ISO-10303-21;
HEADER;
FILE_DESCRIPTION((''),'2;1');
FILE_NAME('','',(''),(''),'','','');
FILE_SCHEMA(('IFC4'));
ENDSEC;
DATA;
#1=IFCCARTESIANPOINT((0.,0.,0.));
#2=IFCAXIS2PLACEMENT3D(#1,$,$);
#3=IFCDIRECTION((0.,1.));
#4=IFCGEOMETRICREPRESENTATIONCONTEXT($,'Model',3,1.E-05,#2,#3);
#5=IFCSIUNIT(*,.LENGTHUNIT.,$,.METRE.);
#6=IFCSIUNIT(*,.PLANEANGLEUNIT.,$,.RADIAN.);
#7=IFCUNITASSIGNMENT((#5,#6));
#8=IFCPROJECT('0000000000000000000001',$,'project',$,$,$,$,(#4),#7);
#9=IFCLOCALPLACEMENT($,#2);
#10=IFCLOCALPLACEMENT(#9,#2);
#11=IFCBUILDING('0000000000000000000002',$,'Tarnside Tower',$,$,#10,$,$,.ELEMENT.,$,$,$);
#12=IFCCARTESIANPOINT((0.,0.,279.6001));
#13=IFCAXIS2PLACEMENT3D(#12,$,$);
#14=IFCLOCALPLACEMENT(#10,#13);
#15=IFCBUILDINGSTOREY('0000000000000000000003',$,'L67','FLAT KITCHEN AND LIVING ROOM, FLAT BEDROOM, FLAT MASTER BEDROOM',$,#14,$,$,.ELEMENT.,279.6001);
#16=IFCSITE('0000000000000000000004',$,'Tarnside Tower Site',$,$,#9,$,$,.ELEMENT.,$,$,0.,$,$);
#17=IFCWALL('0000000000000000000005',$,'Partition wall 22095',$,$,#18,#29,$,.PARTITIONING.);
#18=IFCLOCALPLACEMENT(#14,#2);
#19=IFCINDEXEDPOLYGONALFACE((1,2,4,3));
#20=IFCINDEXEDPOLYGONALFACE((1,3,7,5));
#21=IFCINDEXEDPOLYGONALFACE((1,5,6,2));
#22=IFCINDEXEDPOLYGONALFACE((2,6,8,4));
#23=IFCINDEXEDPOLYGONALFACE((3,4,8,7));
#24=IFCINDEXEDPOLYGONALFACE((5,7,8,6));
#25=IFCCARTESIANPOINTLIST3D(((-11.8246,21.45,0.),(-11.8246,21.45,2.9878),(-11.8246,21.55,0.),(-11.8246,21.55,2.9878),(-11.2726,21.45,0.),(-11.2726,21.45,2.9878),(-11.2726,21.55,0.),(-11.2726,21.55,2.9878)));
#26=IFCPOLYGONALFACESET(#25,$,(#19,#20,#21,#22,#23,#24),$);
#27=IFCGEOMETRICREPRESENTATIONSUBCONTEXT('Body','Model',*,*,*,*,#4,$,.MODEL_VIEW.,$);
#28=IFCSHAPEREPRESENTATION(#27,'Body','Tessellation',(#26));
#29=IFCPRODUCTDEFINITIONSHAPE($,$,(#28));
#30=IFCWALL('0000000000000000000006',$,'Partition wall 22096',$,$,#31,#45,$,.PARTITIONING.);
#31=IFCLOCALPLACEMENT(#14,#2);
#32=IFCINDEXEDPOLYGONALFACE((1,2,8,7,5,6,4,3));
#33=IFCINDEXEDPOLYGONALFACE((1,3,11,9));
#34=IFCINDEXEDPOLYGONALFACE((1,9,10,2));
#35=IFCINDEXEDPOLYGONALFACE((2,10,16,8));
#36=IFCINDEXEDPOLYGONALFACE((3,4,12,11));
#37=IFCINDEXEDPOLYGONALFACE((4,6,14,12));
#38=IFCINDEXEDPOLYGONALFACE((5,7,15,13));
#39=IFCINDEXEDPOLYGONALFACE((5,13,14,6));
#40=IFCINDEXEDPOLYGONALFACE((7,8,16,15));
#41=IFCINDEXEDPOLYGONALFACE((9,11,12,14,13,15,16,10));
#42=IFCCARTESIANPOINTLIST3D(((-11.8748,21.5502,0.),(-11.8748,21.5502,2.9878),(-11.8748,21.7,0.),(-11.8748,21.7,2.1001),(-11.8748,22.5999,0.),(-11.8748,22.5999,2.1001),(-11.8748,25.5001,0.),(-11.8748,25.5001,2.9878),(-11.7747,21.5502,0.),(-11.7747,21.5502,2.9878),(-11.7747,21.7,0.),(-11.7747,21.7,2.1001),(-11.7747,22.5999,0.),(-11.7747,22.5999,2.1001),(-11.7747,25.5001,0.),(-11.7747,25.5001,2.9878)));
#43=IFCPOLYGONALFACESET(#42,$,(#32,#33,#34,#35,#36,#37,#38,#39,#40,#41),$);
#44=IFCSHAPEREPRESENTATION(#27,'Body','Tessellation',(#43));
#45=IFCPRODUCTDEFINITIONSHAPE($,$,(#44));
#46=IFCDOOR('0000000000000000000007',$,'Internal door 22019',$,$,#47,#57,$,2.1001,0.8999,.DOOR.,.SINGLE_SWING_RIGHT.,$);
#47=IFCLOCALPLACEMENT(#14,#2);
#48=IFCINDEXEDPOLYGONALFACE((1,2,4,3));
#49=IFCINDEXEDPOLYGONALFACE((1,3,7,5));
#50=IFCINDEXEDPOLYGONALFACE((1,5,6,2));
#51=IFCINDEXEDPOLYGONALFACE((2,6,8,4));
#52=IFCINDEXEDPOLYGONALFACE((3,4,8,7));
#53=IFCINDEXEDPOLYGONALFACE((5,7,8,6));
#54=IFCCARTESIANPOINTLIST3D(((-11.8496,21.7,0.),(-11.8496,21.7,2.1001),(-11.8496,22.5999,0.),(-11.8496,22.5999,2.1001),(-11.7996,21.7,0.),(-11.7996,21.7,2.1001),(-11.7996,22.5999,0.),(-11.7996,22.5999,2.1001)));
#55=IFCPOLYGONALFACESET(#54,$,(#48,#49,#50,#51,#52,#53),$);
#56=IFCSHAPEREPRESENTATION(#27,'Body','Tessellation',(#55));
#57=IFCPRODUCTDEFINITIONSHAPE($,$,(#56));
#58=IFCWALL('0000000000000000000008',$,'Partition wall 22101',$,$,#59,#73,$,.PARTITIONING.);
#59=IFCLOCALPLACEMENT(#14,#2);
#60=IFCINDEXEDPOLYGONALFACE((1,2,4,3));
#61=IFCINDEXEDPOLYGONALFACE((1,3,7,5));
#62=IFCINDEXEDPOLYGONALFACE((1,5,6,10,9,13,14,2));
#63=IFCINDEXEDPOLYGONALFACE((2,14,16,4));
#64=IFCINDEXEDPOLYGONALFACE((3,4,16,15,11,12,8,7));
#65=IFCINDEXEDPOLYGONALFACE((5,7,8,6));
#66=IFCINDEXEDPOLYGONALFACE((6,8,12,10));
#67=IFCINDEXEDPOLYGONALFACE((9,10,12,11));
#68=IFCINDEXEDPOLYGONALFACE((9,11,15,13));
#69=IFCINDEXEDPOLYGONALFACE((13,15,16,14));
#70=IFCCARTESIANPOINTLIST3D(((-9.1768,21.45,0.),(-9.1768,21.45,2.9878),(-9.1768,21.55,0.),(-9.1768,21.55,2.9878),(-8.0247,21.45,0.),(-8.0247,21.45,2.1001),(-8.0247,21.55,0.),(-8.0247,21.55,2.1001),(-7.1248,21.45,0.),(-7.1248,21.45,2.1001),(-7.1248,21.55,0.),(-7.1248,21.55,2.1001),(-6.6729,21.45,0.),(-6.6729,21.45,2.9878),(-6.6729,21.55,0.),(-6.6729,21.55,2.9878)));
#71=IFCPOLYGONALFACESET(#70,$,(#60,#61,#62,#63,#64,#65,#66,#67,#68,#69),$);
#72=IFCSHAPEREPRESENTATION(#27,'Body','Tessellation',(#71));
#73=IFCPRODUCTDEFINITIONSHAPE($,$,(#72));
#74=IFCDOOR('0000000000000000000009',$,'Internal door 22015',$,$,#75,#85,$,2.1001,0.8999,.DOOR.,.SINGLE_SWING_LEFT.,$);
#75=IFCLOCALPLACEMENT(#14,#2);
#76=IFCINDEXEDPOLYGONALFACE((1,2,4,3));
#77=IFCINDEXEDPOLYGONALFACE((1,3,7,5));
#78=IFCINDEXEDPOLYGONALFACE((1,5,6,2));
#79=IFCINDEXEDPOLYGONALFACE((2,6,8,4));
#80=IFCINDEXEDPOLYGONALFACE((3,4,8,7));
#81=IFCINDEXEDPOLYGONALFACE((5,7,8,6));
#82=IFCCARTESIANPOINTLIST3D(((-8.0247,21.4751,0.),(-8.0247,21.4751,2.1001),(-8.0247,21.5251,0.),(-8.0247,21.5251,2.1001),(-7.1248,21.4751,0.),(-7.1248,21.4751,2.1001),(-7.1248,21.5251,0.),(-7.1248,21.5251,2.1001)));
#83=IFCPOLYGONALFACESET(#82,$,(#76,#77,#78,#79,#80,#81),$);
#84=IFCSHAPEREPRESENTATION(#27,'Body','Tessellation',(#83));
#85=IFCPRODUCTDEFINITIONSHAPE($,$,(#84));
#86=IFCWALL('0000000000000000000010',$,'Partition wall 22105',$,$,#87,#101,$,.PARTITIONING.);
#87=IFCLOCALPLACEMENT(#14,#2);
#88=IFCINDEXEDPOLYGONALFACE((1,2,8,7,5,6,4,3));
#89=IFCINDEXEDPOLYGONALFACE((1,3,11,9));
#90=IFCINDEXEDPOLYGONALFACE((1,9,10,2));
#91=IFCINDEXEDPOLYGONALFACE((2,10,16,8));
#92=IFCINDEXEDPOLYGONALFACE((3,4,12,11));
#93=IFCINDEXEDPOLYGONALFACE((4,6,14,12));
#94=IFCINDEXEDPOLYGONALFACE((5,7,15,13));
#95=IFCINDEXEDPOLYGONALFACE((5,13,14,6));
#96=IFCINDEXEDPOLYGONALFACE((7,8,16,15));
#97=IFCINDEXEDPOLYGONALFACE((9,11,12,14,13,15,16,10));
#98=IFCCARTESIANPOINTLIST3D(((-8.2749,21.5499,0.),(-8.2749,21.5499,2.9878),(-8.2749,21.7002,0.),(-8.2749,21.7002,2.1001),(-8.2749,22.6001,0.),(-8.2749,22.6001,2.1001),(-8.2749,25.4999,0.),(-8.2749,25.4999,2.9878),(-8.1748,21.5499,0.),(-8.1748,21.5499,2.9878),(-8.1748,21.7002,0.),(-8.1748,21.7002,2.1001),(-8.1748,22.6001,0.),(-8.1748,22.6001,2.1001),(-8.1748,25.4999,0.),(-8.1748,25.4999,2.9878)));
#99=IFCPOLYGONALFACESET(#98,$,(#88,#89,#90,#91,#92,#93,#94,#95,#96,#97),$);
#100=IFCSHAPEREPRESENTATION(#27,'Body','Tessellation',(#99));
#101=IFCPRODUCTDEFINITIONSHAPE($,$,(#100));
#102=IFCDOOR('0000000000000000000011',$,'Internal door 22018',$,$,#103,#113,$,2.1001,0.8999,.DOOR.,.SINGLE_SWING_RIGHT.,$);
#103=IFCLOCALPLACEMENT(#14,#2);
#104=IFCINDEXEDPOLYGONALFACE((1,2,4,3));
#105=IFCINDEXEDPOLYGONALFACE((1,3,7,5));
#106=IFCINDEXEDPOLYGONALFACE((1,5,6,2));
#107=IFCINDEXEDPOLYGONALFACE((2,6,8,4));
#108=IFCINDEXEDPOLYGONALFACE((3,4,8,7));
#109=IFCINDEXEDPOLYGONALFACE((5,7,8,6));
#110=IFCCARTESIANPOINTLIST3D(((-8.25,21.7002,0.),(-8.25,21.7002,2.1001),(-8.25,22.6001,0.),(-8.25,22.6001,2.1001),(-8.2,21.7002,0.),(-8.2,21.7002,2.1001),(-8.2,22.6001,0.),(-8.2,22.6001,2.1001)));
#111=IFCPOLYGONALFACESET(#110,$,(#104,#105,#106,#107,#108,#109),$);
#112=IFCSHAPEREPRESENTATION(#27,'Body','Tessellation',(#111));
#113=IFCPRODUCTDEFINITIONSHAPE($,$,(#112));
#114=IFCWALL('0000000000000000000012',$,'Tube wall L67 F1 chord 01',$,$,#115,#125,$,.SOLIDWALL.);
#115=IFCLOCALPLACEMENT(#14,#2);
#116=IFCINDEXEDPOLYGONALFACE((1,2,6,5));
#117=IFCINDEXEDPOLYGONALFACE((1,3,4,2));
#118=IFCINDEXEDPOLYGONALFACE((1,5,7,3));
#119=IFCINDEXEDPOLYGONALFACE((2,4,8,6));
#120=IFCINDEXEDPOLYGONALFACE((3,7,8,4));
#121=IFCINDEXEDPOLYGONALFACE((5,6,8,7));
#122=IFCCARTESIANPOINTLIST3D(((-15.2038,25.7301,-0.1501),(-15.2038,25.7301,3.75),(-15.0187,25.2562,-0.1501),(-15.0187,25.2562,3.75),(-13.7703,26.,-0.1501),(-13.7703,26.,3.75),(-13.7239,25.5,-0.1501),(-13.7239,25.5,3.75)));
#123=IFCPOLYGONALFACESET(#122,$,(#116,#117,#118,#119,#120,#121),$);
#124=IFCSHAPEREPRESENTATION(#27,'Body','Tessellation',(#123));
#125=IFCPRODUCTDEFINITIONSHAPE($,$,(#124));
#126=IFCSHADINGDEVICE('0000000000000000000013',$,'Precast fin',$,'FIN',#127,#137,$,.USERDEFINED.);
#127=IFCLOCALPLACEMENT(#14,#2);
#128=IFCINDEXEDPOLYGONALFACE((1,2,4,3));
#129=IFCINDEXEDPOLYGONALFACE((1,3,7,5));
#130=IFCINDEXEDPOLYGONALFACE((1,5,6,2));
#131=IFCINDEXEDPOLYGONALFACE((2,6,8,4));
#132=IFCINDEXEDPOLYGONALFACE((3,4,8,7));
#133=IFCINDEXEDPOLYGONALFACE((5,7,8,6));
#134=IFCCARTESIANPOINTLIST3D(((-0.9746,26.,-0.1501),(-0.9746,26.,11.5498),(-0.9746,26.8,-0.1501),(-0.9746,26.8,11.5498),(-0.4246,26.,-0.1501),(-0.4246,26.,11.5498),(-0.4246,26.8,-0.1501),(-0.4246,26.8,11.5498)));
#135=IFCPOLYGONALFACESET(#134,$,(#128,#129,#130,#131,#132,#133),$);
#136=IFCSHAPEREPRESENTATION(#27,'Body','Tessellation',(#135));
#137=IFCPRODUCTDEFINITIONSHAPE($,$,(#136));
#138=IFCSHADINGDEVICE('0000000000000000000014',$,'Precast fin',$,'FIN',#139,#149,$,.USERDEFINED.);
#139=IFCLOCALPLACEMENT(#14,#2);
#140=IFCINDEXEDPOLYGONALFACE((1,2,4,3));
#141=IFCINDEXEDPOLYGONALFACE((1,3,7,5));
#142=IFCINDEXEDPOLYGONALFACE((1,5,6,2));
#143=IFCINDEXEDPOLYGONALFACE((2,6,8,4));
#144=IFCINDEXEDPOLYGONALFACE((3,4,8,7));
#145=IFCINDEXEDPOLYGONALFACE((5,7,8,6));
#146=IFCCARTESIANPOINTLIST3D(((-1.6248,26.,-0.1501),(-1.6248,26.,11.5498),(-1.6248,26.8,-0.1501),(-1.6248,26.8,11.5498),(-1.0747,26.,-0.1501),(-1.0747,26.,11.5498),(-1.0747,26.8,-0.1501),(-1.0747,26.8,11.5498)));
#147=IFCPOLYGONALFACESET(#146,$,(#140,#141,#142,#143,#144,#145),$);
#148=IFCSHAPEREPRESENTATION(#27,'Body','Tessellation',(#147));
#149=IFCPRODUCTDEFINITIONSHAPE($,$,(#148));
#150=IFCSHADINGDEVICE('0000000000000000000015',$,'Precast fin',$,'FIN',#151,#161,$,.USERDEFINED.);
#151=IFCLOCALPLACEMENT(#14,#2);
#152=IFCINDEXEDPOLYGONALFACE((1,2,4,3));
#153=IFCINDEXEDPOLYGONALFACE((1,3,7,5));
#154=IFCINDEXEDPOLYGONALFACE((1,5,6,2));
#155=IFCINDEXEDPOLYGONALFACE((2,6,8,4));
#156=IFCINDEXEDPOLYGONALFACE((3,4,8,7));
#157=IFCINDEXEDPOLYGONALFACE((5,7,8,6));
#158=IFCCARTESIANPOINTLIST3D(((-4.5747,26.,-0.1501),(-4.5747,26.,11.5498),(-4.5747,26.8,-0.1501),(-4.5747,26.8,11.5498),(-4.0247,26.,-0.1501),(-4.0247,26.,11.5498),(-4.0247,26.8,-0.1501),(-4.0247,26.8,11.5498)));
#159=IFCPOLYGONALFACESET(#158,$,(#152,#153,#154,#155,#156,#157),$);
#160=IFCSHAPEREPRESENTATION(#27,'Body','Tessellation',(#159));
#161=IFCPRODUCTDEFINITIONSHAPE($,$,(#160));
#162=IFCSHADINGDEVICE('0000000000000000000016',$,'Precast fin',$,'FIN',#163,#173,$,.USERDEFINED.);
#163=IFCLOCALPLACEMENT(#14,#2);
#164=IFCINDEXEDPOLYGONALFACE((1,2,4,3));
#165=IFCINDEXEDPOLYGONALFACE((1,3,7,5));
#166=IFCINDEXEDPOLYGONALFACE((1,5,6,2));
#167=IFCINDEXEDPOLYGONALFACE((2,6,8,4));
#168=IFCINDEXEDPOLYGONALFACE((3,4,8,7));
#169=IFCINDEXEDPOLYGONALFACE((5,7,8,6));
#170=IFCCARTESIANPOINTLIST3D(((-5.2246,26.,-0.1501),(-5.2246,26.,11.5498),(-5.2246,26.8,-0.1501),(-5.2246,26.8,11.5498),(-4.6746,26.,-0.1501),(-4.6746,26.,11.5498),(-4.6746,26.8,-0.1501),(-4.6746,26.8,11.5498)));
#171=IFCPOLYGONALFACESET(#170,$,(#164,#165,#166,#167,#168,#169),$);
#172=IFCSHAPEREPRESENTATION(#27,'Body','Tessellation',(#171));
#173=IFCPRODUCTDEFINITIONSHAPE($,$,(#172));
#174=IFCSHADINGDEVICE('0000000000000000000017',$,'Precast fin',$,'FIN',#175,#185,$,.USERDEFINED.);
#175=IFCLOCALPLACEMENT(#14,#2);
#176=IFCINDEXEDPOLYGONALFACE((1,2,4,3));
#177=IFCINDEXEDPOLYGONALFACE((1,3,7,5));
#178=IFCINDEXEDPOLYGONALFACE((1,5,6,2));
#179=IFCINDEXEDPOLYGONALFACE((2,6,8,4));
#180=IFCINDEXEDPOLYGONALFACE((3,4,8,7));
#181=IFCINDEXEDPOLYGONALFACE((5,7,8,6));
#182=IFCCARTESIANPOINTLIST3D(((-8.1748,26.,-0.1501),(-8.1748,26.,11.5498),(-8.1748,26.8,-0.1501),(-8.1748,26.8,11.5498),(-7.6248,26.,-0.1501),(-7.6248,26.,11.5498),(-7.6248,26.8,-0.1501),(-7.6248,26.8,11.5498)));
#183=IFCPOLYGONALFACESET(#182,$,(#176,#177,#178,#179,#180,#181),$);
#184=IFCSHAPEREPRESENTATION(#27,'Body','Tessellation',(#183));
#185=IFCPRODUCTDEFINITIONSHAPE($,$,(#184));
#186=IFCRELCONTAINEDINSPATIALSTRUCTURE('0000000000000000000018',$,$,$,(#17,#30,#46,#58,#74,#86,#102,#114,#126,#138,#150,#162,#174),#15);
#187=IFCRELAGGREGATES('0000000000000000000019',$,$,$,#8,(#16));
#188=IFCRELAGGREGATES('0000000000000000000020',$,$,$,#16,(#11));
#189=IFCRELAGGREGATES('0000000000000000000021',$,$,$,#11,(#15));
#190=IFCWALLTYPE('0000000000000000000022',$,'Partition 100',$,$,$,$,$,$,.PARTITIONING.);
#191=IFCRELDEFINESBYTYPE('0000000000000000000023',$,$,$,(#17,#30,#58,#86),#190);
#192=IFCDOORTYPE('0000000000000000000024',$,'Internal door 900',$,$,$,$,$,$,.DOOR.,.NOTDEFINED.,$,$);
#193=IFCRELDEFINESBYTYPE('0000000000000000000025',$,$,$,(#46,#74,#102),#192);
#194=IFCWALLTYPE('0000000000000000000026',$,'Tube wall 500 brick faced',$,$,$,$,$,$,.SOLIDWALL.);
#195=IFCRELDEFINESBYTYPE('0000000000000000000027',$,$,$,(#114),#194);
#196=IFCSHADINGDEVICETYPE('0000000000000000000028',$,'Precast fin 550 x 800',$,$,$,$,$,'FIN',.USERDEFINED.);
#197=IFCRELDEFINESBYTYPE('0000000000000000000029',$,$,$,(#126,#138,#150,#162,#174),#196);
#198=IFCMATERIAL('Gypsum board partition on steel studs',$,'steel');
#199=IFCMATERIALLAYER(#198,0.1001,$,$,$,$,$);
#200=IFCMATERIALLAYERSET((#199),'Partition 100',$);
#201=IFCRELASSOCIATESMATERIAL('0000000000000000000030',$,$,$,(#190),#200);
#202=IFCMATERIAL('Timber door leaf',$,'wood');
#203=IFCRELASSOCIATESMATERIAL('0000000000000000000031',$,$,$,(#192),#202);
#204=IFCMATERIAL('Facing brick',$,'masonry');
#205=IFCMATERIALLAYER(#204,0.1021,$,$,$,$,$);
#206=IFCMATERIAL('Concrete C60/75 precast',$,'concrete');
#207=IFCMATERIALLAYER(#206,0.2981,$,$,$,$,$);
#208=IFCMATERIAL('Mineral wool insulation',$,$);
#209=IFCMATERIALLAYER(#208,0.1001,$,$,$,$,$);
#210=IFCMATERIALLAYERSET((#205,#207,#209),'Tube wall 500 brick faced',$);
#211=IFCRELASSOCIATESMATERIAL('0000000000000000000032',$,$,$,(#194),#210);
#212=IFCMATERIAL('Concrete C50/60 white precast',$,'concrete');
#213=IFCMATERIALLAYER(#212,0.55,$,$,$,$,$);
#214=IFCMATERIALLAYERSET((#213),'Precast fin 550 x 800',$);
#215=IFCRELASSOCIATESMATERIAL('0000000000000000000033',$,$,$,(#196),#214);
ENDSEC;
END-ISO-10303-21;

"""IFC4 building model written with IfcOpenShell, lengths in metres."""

from ifc_helpers import new_model, si_unit, direction, frame, frame_2d, origin, place, context, subcontext, project, spatial, polyline, rectangle, outline, extrude, material, layer, layer_set, type_object, element, fill, save


model = new_model("IFC4")

# Units and contexts
model_context = context("Model", 3, precision=1e-05, world=origin(), true_north=direction((0.0, 1.0)))
body_context = subcontext(model_context, "Body", "Model", "MODEL_VIEW")
ifc_project = project(units=[si_unit("LENGTHUNIT", "METRE"), si_unit("PLANEANGLEUNIT", "RADIAN")], contexts=[model_context])

# Site, building, storey
site_placement = place(None, origin())
site = spatial("IfcSite", under=ifc_project, at=site_placement, Name="Tarnside Tower Site", CompositionType="ELEMENT", RefElevation=0.0)
building_placement = place(site_placement, origin())
building = spatial("IfcBuilding", under=site, at=building_placement, Name="Tarnside Tower", CompositionType="ELEMENT")
storey_placement = place(building_placement, frame((0.0, 0.0, 279.6001)))
storey = spatial("IfcBuildingStorey", under=building, at=storey_placement, Name="L67", Description="FLAT KITCHEN AND LIVING ROOM, FLAT BEDROOM, FLAT MASTER BEDROOM", CompositionType="ELEMENT", Elevation=279.6001)

# Shared definitions
ifc_material_1 = material(Name="Gypsum board partition on steel studs", Category="steel")
ifc_material_2 = material(Name="Timber door leaf", Category="wood")

# Wall
ifc_layer_1 = layer(ifc_material_1, 0.1001)
ifc_layer_set_1 = layer_set([ifc_layer_1], Name="Partition 100")
wall_type_1 = type_object("IfcWallType", Name="Partition 100", PredefinedType="PARTITIONING", material=ifc_layer_set_1)
wall_1_placement = place(storey_placement, frame((-11.2727, 21.5, 0.0), z_axis=(0.0, 0.0, 1.0), x_axis=(-1.0, 0.0, 0.0)))
element("IfcWall", 1, at=wall_1_placement, inside=storey, type_object=wall_type_1, Name="Partition wall 22095", PredefinedType="PARTITIONING", context=body_context, shape_type="SweptSolid", body=[
    extrude(rectangle(XDim=0.552, YDim=0.1001, at=frame_2d((0.2759, 0.0))), origin(), (0.0, 0.0, 1.0), 2.9878),
])

# Walls, openings, doors
wall_2_placement = place(storey_placement, frame((-11.8247, 21.55, 0.0), z_axis=(0.0, 0.0, 1.0), x_axis=(0.0, 1.0, 0.0)))
wall_2 = element("IfcWall", 2, at=wall_2_placement, inside=storey, type_object=wall_type_1, Name="Partition wall 22096", PredefinedType="PARTITIONING", context=body_context, shape_type="SweptSolid", body=[
    extrude(rectangle(XDim=3.95, YDim=0.1001, at=frame_2d((1.9751, 0.0))), origin(), (0.0, 0.0, 1.0), 2.9878),
])
opening_1_placement = place(wall_2_placement, frame((0.1499, 0.0, 0.0)))
opening_1 = element("IfcOpeningElement", 3, at=opening_1_placement, cuts=wall_2, PredefinedType="OPENING", context=body_context, shape_type="SweptSolid", body=[
    extrude(rectangle(XDim=0.8999, YDim=2.1001, at=frame_2d((0.45, 1.05))), frame((0.0, 0.0601, 0.0), z_axis=(0.0, -1.0, 0.0), x_axis=(1.0, 0.0, 0.0)), (0.0, 0.0, 1.0), 0.1201),
])
door_type_1 = type_object("IfcDoorType", Name="Internal door 900", OperationType="NOTDEFINED", PredefinedType="DOOR", material=ifc_material_2)
door_1_placement = place(opening_1_placement, origin())
door_1 = element("IfcDoor", 4, at=door_1_placement, inside=storey, type_object=door_type_1, Name="Internal door 22019", OperationType="SINGLE_SWING_RIGHT", OverallHeight=2.1001, OverallWidth=0.8999, PredefinedType="DOOR", context=body_context, shape_type="SweptSolid", body=[
    extrude(rectangle(XDim=0.8999, YDim=2.1001, at=frame_2d((0.45, 1.05))), frame((0.0, 0.0249, 0.0), z_axis=(0.0, -1.0, 0.0), x_axis=(1.0, 0.0, 0.0)), (0.0, 0.0, 1.0), 0.05),
])
fill(opening_1, door_1)
wall_3_placement = place(storey_placement, frame((-6.6729, 21.5, 0.0), z_axis=(0.0, 0.0, 1.0), x_axis=(-1.0, 0.0, 0.0)))
wall_3 = element("IfcWall", 5, at=wall_3_placement, inside=storey, type_object=wall_type_1, Name="Partition wall 22101", PredefinedType="PARTITIONING", context=body_context, shape_type="SweptSolid", body=[
    extrude(rectangle(XDim=2.5039, YDim=0.1001, at=frame_2d((1.252, 0.0))), origin(), (0.0, 0.0, 1.0), 2.9878),
])
opening_2_placement = place(wall_3_placement, frame((0.4519, 0.0, 0.0)))
opening_2 = element("IfcOpeningElement", 6, at=opening_2_placement, cuts=wall_3, PredefinedType="OPENING", context=body_context, shape_type="SweptSolid", body=[
    extrude(rectangle(XDim=0.8999, YDim=2.1001, at=frame_2d((0.45, 1.05))), frame((0.0, 0.0601, 0.0), z_axis=(0.0, -1.0, 0.0), x_axis=(1.0, 0.0, 0.0)), (0.0, 0.0, 1.0), 0.1201),
])
door_2_placement = place(opening_2_placement, origin())
door_2 = element("IfcDoor", 7, at=door_2_placement, inside=storey, type_object=door_type_1, Name="Internal door 22015", OperationType="SINGLE_SWING_LEFT", OverallHeight=2.1001, OverallWidth=0.8999, PredefinedType="DOOR", context=body_context, shape_type="SweptSolid", body=[
    extrude(rectangle(XDim=0.8999, YDim=2.1001, at=frame_2d((0.45, 1.05))), frame((0.0, 0.0249, 0.0), z_axis=(0.0, -1.0, 0.0), x_axis=(1.0, 0.0, 0.0)), (0.0, 0.0, 1.0), 0.05),
])
fill(opening_2, door_2)
wall_4_placement = place(storey_placement, frame((-8.2249, 25.5, 0.0), z_axis=(0.0, 0.0, 1.0), x_axis=(0.0, -1.0, 0.0)))
wall_4 = element("IfcWall", 8, at=wall_4_placement, inside=storey, type_object=wall_type_1, Name="Partition wall 22105", PredefinedType="PARTITIONING", context=body_context, shape_type="SweptSolid", body=[
    extrude(rectangle(XDim=3.95, YDim=0.1001, at=frame_2d((1.9751, 0.0))), origin(), (0.0, 0.0, 1.0), 2.9878),
])
opening_3_placement = place(wall_4_placement, frame((2.8999, 0.0, 0.0)))
opening_3 = element("IfcOpeningElement", 9, at=opening_3_placement, cuts=wall_4, PredefinedType="OPENING", context=body_context, shape_type="SweptSolid", body=[
    extrude(rectangle(XDim=0.8999, YDim=2.1001, at=frame_2d((0.45, 1.05))), frame((0.0, 0.0601, 0.0), z_axis=(0.0, -1.0, 0.0), x_axis=(1.0, 0.0, 0.0)), (0.0, 0.0, 1.0), 0.1201),
])
door_3_placement = place(opening_3_placement, origin())
door_3 = element("IfcDoor", 10, at=door_3_placement, inside=storey, type_object=door_type_1, Name="Internal door 22018", OperationType="SINGLE_SWING_RIGHT", OverallHeight=2.1001, OverallWidth=0.8999, PredefinedType="DOOR", context=body_context, shape_type="SweptSolid", body=[
    extrude(rectangle(XDim=0.8999, YDim=2.1001, at=frame_2d((0.45, 1.05))), frame((0.0, 0.0249, 0.0), z_axis=(0.0, -1.0, 0.0), x_axis=(1.0, 0.0, 0.0)), (0.0, 0.0, 1.0), 0.05),
])
fill(opening_3, door_3)

# Wall
ifc_material_3 = material(Name="Facing brick", Category="masonry")
ifc_layer_2 = layer(ifc_material_3, 0.1021)
ifc_material_4 = material(Name="Concrete C60/75 precast", Category="concrete")
ifc_layer_3 = layer(ifc_material_4, 0.2981)
ifc_material_5 = material(Name="Mineral wool insulation")
ifc_layer_4 = layer(ifc_material_5, 0.1001)
ifc_layer_set_2 = layer_set([ifc_layer_2, ifc_layer_3, ifc_layer_4], Name="Tube wall 500 brick faced")
wall_type_2 = type_object("IfcWallType", Name="Tube wall 500 brick faced", PredefinedType="SOLIDWALL", material=ifc_layer_set_2)
wall_5_placement = place(storey_placement, frame((-13.7471, 25.75, -0.1501), z_axis=(0.0, 0.0, 1.0), x_axis=(-0.982737, -0.185011, 0.0)))
element("IfcWall", 11, at=wall_5_placement, inside=storey, type_object=wall_type_2, Name="Tube wall L67 F1 chord 01", PredefinedType="SOLIDWALL", context=body_context, shape_type="SweptSolid", body=[
    extrude(outline(polyline([(-0.0234, -0.25), (1.4353, -0.25), (1.3411, 0.25), (0.0234, 0.25), (-0.0234, -0.25)])), origin(), (0.0, 0.0, 1.0), 3.9001),
])

# Shading devices
ifc_material_6 = material(Name="Concrete C50/60 white precast", Category="concrete")
ifc_layer_5 = layer(ifc_material_6, 0.55)
ifc_layer_set_3 = layer_set([ifc_layer_5], Name="Precast fin 550 x 800")
shading_device_type = type_object("IfcShadingDeviceType", Name="Precast fin 550 x 800", ElementType="FIN", PredefinedType="USERDEFINED", material=ifc_layer_set_3)
for number, where, z_axis, x_axis, name in (
    (12, (-0.6997, 26.0, -0.1501), (1.0, 0.0, 0.0), (0.0, 1.0, 0.0), "Precast fin"),
    (13, (-1.3499, 26.0, -0.1501), (1.0, 0.0, 0.0), (0.0, 1.0, 0.0), "Precast fin"),
    (14, (-4.2998, 26.0, -0.1501), (1.0, 0.0, 0.0), (0.0, 1.0, 0.0), "Precast fin"),
    (15, (-4.9497, 26.0, -0.1501), (1.0, 0.0, 0.0), (0.0, 1.0, 0.0), "Precast fin"),
    (16, (-7.8999, 26.0, -0.1501), (1.0, 0.0, 0.0), (0.0, 1.0, 0.0), "Precast fin"),
):
    element("IfcShadingDevice", number, at=place(storey_placement, frame(where, z_axis=z_axis, x_axis=x_axis)), inside=storey, type_object=shading_device_type, Name=name, ObjectType="FIN", PredefinedType="USERDEFINED", context=body_context, shape_type="SweptSolid", body=[
        extrude(outline(polyline([(0.0, 0.0), (0.8, 0.0), (0.8, 11.7), (0.0, 11.7), (0.0, 0.0)])), frame((0.0, 0.0, -0.2749)), (0.0, 0.0, 1.0), 0.55),
    ])

save(model, "model.ifc")
